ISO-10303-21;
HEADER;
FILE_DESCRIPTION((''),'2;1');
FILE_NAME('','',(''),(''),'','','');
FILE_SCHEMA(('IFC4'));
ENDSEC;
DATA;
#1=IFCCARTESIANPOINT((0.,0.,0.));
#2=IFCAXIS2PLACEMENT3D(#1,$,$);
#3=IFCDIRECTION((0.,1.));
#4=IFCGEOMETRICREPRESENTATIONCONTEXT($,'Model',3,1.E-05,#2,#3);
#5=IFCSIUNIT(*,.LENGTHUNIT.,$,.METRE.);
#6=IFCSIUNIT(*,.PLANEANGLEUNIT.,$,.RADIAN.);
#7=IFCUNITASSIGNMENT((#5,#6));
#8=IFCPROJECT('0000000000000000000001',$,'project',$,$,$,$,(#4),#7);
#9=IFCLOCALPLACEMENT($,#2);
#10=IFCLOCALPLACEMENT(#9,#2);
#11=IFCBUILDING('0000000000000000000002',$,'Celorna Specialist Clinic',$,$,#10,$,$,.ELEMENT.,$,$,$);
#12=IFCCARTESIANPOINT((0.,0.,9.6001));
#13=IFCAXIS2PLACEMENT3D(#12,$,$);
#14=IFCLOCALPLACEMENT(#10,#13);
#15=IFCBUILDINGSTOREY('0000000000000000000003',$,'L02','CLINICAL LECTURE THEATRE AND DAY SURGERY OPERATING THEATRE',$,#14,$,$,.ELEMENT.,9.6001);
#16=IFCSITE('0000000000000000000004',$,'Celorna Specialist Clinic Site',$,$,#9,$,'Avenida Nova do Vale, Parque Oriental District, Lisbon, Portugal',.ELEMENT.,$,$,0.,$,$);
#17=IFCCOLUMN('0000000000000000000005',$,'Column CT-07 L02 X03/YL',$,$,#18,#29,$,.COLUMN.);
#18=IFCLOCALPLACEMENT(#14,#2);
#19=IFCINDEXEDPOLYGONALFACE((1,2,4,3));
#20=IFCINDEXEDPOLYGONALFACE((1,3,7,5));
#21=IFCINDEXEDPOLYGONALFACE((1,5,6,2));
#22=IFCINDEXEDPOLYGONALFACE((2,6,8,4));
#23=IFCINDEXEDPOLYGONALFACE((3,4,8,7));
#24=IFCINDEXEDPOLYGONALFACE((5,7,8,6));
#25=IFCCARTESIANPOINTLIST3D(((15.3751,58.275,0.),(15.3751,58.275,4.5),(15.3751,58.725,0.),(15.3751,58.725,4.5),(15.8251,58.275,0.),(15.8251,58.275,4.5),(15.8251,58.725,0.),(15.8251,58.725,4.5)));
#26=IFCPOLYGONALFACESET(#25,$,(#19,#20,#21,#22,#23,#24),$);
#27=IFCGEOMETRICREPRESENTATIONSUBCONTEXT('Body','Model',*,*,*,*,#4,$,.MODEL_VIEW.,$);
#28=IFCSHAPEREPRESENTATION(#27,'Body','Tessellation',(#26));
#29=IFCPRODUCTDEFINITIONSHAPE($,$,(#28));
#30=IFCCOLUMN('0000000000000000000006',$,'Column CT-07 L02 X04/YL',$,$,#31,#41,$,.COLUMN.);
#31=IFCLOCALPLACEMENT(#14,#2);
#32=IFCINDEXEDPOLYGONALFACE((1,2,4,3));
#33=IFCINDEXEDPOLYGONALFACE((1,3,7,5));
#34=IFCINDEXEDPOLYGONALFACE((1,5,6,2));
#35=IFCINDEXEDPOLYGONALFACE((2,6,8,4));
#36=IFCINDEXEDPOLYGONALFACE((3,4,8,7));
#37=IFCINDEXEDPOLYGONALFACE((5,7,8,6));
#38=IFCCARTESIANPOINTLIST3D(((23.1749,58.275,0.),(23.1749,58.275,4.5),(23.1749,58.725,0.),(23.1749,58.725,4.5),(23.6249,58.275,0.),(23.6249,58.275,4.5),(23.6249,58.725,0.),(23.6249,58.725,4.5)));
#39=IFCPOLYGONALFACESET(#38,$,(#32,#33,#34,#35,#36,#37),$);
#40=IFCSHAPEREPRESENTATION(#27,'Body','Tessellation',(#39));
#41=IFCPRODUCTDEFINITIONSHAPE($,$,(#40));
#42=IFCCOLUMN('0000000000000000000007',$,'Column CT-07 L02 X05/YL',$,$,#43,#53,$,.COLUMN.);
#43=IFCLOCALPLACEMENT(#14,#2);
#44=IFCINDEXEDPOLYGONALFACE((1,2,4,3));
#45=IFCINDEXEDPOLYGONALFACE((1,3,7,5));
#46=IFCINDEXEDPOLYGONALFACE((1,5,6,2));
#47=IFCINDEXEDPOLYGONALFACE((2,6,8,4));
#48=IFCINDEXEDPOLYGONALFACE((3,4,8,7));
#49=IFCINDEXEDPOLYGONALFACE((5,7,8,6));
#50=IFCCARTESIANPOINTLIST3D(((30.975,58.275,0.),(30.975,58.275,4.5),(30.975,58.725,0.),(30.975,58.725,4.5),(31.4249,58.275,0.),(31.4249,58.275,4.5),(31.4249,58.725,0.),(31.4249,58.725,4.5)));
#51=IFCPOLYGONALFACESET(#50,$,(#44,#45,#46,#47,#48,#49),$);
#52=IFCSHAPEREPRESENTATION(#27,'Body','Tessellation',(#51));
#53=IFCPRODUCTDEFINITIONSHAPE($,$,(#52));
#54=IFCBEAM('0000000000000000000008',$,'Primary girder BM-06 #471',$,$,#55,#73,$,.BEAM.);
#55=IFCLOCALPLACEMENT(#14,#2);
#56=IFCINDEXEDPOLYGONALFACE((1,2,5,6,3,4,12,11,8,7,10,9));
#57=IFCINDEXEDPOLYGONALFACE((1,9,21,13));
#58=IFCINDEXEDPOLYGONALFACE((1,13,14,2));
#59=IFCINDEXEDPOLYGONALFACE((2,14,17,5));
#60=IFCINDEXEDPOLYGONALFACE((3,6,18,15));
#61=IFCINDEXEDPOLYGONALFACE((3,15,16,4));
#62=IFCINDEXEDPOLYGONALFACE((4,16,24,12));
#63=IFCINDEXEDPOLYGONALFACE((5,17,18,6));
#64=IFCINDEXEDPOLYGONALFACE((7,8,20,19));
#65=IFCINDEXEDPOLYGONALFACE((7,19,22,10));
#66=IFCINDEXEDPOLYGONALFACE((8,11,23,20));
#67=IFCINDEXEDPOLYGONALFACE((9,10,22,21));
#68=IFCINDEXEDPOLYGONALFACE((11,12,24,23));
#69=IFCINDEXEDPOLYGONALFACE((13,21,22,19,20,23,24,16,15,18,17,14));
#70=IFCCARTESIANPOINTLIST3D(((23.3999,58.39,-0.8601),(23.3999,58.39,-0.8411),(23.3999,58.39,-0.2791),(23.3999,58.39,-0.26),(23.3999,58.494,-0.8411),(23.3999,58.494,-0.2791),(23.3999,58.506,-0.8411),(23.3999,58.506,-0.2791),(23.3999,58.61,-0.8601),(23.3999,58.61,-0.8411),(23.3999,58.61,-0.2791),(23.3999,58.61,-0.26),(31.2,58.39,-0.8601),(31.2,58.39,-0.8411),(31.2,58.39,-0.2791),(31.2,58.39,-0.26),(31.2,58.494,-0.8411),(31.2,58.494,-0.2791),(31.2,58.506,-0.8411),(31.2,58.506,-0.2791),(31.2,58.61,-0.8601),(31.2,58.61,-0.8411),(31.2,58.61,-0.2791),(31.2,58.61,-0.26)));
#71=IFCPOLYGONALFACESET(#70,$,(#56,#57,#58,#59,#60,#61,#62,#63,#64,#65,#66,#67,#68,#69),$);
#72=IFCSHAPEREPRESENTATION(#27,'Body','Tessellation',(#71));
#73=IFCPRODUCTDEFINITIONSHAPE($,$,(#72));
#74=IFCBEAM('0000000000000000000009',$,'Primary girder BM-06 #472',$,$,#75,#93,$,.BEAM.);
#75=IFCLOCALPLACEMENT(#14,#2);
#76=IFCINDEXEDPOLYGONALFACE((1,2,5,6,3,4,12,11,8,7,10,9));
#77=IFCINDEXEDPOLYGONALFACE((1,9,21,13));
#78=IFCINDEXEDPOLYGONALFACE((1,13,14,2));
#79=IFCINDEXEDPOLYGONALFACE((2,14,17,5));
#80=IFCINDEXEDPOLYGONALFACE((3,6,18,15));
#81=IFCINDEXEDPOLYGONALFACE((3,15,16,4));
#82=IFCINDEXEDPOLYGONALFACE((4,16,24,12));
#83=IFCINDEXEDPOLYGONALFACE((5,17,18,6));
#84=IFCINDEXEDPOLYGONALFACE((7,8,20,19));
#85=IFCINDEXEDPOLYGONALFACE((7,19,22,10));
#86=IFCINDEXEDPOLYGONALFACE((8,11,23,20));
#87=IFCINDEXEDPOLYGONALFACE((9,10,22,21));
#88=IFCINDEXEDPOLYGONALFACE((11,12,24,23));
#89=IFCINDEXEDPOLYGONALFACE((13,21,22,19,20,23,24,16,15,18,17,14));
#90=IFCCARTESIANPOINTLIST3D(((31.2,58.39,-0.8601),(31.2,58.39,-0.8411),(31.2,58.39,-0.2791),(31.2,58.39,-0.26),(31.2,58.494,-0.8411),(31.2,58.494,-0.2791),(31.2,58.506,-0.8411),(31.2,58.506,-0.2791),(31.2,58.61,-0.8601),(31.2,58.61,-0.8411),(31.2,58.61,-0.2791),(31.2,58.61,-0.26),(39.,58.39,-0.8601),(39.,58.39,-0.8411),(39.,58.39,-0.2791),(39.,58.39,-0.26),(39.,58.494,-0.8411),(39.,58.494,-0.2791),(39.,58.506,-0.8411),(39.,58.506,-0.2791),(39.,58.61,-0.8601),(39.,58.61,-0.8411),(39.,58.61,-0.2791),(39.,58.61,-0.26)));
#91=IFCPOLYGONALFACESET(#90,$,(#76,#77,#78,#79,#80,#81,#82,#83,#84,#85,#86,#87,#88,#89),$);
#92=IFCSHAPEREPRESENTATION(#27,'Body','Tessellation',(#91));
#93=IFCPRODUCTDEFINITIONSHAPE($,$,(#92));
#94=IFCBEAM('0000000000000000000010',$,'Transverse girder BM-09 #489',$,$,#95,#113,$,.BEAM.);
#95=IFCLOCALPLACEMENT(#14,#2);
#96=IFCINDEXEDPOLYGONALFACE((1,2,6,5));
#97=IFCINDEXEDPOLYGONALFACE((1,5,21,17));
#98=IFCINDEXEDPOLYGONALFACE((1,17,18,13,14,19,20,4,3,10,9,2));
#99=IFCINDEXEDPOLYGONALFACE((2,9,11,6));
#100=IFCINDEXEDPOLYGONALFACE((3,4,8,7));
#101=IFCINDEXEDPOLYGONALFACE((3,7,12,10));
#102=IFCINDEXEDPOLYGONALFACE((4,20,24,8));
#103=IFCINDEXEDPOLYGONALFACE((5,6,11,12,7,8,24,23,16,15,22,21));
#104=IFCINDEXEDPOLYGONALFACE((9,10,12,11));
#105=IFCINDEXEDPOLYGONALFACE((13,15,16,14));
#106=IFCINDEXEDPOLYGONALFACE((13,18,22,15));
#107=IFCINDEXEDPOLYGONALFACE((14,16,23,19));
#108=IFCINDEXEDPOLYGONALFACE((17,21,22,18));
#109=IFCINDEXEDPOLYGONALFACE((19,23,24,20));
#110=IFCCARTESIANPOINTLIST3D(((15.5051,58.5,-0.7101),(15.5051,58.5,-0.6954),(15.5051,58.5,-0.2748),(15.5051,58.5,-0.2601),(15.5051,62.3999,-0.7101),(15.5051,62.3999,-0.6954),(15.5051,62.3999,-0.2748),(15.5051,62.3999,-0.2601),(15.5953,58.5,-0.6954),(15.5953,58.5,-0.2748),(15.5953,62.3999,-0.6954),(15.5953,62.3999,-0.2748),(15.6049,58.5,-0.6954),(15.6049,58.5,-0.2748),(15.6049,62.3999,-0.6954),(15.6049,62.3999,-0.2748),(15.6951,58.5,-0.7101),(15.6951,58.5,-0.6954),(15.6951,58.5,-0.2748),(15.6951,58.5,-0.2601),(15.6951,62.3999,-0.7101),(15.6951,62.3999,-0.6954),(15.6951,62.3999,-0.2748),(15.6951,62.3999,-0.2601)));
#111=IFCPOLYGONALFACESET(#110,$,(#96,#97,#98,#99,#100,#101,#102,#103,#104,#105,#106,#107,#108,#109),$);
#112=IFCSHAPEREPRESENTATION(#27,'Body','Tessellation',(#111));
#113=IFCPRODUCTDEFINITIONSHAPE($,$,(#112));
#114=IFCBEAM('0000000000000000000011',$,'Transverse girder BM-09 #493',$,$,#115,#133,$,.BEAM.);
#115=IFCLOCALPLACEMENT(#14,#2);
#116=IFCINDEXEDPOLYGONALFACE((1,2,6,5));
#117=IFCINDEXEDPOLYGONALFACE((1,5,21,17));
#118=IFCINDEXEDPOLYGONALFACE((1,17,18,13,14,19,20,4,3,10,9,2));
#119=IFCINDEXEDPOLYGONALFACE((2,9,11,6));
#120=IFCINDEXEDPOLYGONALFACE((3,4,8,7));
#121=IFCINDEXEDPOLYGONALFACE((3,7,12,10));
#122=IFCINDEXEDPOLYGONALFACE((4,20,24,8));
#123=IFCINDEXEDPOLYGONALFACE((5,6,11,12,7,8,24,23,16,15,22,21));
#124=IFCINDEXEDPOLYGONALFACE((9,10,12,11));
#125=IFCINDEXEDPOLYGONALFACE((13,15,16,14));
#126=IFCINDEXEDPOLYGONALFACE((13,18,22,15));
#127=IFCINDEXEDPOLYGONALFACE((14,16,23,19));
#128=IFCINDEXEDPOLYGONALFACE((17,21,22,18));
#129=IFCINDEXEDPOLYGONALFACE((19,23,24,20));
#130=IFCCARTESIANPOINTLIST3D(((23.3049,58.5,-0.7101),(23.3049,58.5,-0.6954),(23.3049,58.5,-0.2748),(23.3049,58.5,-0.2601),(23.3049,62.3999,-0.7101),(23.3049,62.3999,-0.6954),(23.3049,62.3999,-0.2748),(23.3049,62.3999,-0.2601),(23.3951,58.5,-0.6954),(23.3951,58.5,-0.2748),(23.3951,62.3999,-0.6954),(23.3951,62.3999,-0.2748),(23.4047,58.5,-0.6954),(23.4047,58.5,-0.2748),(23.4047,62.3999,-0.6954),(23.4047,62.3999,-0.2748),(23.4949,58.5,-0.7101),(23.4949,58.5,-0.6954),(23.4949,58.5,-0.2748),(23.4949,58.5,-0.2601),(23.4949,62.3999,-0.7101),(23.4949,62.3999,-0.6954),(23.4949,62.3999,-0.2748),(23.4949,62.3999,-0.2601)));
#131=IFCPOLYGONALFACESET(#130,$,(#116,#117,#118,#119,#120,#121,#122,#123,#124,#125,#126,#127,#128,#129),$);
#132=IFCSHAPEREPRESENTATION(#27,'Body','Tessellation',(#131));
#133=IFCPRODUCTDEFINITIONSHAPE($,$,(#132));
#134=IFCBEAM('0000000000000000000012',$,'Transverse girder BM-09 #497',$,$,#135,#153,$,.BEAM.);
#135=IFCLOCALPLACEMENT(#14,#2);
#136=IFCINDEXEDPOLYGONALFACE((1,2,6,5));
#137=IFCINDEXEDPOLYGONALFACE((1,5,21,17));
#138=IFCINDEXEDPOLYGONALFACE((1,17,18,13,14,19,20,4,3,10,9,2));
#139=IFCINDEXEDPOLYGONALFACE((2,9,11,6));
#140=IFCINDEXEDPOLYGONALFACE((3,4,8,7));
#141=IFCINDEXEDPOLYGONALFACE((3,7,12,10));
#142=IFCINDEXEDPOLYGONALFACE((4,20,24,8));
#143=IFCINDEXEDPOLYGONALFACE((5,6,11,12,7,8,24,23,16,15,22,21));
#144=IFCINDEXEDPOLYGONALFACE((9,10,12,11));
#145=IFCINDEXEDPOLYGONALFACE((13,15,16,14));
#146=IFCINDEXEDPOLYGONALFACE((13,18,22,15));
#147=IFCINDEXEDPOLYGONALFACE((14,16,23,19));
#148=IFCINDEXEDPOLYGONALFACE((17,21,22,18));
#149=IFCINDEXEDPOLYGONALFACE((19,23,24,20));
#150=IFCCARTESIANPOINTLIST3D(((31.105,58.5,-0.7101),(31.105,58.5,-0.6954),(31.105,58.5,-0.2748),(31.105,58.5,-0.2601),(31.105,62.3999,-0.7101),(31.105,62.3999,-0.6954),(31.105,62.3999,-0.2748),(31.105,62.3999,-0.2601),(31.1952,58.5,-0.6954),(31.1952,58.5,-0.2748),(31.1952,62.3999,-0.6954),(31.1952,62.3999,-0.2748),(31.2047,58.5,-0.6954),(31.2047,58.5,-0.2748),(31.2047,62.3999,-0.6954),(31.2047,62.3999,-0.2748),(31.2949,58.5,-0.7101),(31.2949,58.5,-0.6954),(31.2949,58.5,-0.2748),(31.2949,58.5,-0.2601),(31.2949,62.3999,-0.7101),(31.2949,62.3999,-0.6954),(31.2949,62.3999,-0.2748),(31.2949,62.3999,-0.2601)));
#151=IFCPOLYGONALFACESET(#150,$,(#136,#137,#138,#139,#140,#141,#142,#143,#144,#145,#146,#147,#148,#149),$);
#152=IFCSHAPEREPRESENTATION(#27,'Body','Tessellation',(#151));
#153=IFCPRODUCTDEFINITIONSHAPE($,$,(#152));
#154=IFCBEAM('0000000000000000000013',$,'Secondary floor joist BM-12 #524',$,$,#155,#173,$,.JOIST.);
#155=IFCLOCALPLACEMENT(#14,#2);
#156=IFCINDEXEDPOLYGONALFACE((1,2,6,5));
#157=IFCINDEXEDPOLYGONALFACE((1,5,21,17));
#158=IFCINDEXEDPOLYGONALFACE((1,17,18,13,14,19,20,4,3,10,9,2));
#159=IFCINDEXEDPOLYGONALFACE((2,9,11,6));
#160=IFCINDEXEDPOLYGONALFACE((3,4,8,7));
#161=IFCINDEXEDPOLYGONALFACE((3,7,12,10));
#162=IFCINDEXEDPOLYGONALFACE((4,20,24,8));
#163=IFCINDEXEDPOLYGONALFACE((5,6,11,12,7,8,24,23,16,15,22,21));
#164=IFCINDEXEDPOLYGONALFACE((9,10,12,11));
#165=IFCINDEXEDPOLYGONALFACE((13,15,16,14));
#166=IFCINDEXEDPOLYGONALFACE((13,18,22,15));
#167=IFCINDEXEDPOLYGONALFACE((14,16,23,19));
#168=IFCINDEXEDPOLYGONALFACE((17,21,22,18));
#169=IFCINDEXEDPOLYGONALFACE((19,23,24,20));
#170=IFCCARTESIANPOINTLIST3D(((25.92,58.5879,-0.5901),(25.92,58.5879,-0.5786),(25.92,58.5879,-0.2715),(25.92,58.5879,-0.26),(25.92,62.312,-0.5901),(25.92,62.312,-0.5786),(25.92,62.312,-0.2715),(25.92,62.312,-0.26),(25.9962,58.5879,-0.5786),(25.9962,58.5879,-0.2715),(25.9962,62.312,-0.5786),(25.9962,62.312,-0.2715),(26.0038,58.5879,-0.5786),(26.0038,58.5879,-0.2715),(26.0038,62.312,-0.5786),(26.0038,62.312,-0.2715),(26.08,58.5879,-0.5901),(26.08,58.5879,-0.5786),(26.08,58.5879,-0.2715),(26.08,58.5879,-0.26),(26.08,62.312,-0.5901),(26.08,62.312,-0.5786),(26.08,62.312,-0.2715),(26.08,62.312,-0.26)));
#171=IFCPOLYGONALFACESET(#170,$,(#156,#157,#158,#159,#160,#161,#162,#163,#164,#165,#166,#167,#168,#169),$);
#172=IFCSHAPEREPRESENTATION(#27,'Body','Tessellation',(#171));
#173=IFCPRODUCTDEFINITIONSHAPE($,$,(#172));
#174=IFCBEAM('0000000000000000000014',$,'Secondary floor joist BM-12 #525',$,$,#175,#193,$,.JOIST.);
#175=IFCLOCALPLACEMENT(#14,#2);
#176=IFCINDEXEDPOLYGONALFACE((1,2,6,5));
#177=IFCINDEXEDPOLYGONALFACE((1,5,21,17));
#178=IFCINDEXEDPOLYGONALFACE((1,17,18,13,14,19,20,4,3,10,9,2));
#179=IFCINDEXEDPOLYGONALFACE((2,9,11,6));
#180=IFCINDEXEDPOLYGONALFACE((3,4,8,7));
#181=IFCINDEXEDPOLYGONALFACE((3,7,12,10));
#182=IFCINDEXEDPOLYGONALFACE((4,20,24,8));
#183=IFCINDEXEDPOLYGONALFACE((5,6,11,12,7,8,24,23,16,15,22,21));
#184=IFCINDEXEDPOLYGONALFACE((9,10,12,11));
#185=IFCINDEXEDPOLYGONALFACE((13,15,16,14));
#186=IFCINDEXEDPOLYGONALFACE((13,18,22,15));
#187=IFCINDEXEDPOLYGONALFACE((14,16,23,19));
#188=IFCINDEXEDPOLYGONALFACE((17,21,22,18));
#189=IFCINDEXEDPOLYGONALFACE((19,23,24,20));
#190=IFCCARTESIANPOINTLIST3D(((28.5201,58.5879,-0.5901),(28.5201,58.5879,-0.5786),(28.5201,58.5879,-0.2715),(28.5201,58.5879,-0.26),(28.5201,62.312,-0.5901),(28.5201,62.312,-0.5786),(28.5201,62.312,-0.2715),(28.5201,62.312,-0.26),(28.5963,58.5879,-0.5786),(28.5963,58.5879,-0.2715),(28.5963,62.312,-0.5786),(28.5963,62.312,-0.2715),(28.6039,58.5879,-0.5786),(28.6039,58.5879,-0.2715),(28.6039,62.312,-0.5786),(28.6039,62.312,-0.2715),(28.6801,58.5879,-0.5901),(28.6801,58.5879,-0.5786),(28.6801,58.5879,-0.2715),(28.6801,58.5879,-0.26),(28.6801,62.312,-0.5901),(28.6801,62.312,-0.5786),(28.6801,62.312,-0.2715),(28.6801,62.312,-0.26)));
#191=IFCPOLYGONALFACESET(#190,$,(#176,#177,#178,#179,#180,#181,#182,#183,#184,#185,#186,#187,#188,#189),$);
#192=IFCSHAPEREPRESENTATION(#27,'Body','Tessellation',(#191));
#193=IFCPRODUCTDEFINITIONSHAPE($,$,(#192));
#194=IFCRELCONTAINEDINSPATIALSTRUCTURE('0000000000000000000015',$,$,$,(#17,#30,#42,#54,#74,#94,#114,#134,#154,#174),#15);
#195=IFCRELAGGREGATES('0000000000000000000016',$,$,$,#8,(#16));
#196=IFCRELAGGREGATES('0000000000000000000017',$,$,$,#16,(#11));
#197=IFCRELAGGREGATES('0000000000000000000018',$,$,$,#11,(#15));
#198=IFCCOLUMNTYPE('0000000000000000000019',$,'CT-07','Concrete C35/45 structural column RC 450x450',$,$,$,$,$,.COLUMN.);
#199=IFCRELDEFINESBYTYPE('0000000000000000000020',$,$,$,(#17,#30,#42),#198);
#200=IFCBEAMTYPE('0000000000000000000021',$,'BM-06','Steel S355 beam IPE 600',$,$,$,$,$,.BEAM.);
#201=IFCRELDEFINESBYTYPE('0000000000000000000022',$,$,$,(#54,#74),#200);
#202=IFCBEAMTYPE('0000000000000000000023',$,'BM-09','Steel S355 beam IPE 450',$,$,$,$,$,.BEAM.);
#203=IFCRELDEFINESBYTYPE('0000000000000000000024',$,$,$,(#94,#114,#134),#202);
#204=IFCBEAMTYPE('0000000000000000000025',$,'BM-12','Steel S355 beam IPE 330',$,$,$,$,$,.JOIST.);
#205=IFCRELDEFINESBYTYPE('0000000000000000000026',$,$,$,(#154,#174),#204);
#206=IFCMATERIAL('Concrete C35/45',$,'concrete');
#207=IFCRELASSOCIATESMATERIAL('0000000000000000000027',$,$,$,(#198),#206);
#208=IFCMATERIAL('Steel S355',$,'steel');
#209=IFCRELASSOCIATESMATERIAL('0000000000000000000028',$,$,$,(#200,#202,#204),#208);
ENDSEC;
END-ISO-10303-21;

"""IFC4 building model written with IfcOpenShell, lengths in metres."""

from ifc_helpers import new_model, si_unit, direction, frame, origin, origin_2d, place, context, subcontext, project, spatial, rectangle, i_section, extrude, material, material_profile, profile_set, type_object, element, save


model = new_model("IFC4")

# Units and contexts
model_context = context("Model", 3, precision=1e-05, world=origin(), true_north=direction((0.0, 1.0)))
body_context = subcontext(model_context, "Body", "Model", "MODEL_VIEW")
ifc_project = project(units=[si_unit("LENGTHUNIT", "METRE"), si_unit("PLANEANGLEUNIT", "RADIAN")], contexts=[model_context])

# Site, building, storey
site_placement = place(None, origin())
site = spatial("IfcSite", under=ifc_project, at=site_placement, Name="Celorna Specialist Clinic Site", LongName="Avenida Nova do Vale, Parque Oriental District, Lisbon, Portugal", CompositionType="ELEMENT", RefElevation=0.0)
building_placement = place(site_placement, origin())
building = spatial("IfcBuilding", under=site, at=building_placement, Name="Celorna Specialist Clinic", CompositionType="ELEMENT")
storey_placement = place(building_placement, frame((0.0, 0.0, 9.6001)))
storey = spatial("IfcBuildingStorey", under=building, at=storey_placement, Name="L02", Description="CLINICAL LECTURE THEATRE AND DAY SURGERY OPERATING THEATRE", CompositionType="ELEMENT", Elevation=9.6001)

# Columns
ifc_material_1 = material(Name="Concrete C35/45", Category="concrete")
ifc_material_profile_1 = material_profile(ifc_material_1, rectangle(XDim=0.45, YDim=0.45, at=origin_2d()), Name="RC 450x450")
ifc_profile_set_1 = profile_set([ifc_material_profile_1], Name="Concrete C35/45")
column_type = type_object("IfcColumnType", Name="CT-07", Description="Concrete C35/45 structural column RC 450x450", PredefinedType="COLUMN", material=ifc_profile_set_1)
for number, where, z_axis, x_axis, name in (
    (1, (15.6001, 58.5, 0.0), (0.0, 0.0, 1.0), (1.0, 0.0, 0.0), "Column CT-07 L02 X03/YL"),
    (2, (23.3999, 58.5, 0.0), (0.0, 0.0, 1.0), (1.0, 0.0, 0.0), "Column CT-07 L02 X04/YL"),
    (3, (31.2, 58.5, 0.0), (0.0, 0.0, 1.0), (1.0, 0.0, 0.0), "Column CT-07 L02 X05/YL"),
):
    element("IfcColumn", number, at=place(storey_placement, frame(where, z_axis=z_axis, x_axis=x_axis)), inside=storey, type_object=column_type, Name=name, PredefinedType="COLUMN", context=body_context, shape_type="SweptSolid", body=[
        extrude(rectangle(XDim=0.45, YDim=0.45, at=origin_2d()), origin(), (0.0, 0.0, 1.0), 4.5),
    ])

# Beams
ifc_material_2 = material(Name="Steel S355", Category="steel")
ifc_material_profile_2 = material_profile(ifc_material_2, i_section(OverallWidth=0.22, OverallDepth=0.6001, WebThickness=0.012, FlangeThickness=0.019, at=origin_2d()), Name="IPE 600")
ifc_profile_set_2 = profile_set([ifc_material_profile_2], Name="Steel S355")
beam_type_1 = type_object("IfcBeamType", Name="BM-06", Description="Steel S355 beam IPE 600", PredefinedType="BEAM", material=ifc_profile_set_2)
for number, where, z_axis, x_axis, name in (
    (4, (23.3999, 58.5, -0.5601), (1.0, 0.0, 0.0), (0.0, 1.0, 0.0), "Primary girder BM-06 #471"),
    (5, (31.2, 58.5, -0.5601), (1.0, 0.0, 0.0), (0.0, 1.0, 0.0), "Primary girder BM-06 #472"),
):
    element("IfcBeam", number, at=place(storey_placement, frame(where, z_axis=z_axis, x_axis=x_axis)), inside=storey, type_object=beam_type_1, Name=name, PredefinedType="BEAM", context=body_context, shape_type="SweptSolid", body=[
        extrude(i_section(OverallWidth=0.22, OverallDepth=0.6001, WebThickness=0.012, FlangeThickness=0.019, at=origin_2d()), origin(), (0.0, 0.0, 1.0), 7.8),
    ])
ifc_material_profile_3 = material_profile(ifc_material_2, i_section(OverallWidth=0.1899, OverallDepth=0.45, WebThickness=0.0095, FlangeThickness=0.0146, at=origin_2d()), Name="IPE 450")
ifc_profile_set_3 = profile_set([ifc_material_profile_3], Name="Steel S355")
beam_type_2 = type_object("IfcBeamType", Name="BM-09", Description="Steel S355 beam IPE 450", PredefinedType="BEAM", material=ifc_profile_set_3)
for number, where, z_axis, x_axis, name in (
    (6, (15.6001, 58.5, -0.4851), (0.0, 1.0, 0.0), (-1.0, 0.0, 0.0), "Transverse girder BM-09 #489"),
    (7, (23.3999, 58.5, -0.4851), (0.0, 1.0, 0.0), (-1.0, 0.0, 0.0), "Transverse girder BM-09 #493"),
    (8, (31.2, 58.5, -0.4851), (0.0, 1.0, 0.0), (-1.0, 0.0, 0.0), "Transverse girder BM-09 #497"),
):
    element("IfcBeam", number, at=place(storey_placement, frame(where, z_axis=z_axis, x_axis=x_axis)), inside=storey, type_object=beam_type_2, Name=name, PredefinedType="BEAM", context=body_context, shape_type="SweptSolid", body=[
        extrude(i_section(OverallWidth=0.1899, OverallDepth=0.45, WebThickness=0.0095, FlangeThickness=0.0146, at=origin_2d()), origin(), (0.0, 0.0, 1.0), 3.8999),
    ])
ifc_material_profile_4 = material_profile(ifc_material_2, i_section(OverallWidth=0.1599, OverallDepth=0.3301, WebThickness=0.0076, FlangeThickness=0.0115, at=origin_2d()), Name="IPE 330")
ifc_profile_set_4 = profile_set([ifc_material_profile_4], Name="Steel S355")
beam_type_3 = type_object("IfcBeamType", Name="BM-12", Description="Steel S355 beam IPE 330", PredefinedType="JOIST", material=ifc_profile_set_4)
for number, where, z_axis, x_axis, name in (
    (9, (26.0, 58.5879, -0.425), (0.0, 1.0, 0.0), (-1.0, 0.0, 0.0), "Secondary floor joist BM-12 #524"),
    (10, (28.6001, 58.5879, -0.425), (0.0, 1.0, 0.0), (-1.0, 0.0, 0.0), "Secondary floor joist BM-12 #525"),
):
    element("IfcBeam", number, at=place(storey_placement, frame(where, z_axis=z_axis, x_axis=x_axis)), inside=storey, type_object=beam_type_3, Name=name, PredefinedType="JOIST", context=body_context, shape_type="SweptSolid", body=[
        extrude(i_section(OverallWidth=0.1599, OverallDepth=0.3301, WebThickness=0.0076, FlangeThickness=0.0115, at=origin_2d()), origin(), (0.0, 0.0, 1.0), 3.7241),
    ])

save(model, "model.ifc")
